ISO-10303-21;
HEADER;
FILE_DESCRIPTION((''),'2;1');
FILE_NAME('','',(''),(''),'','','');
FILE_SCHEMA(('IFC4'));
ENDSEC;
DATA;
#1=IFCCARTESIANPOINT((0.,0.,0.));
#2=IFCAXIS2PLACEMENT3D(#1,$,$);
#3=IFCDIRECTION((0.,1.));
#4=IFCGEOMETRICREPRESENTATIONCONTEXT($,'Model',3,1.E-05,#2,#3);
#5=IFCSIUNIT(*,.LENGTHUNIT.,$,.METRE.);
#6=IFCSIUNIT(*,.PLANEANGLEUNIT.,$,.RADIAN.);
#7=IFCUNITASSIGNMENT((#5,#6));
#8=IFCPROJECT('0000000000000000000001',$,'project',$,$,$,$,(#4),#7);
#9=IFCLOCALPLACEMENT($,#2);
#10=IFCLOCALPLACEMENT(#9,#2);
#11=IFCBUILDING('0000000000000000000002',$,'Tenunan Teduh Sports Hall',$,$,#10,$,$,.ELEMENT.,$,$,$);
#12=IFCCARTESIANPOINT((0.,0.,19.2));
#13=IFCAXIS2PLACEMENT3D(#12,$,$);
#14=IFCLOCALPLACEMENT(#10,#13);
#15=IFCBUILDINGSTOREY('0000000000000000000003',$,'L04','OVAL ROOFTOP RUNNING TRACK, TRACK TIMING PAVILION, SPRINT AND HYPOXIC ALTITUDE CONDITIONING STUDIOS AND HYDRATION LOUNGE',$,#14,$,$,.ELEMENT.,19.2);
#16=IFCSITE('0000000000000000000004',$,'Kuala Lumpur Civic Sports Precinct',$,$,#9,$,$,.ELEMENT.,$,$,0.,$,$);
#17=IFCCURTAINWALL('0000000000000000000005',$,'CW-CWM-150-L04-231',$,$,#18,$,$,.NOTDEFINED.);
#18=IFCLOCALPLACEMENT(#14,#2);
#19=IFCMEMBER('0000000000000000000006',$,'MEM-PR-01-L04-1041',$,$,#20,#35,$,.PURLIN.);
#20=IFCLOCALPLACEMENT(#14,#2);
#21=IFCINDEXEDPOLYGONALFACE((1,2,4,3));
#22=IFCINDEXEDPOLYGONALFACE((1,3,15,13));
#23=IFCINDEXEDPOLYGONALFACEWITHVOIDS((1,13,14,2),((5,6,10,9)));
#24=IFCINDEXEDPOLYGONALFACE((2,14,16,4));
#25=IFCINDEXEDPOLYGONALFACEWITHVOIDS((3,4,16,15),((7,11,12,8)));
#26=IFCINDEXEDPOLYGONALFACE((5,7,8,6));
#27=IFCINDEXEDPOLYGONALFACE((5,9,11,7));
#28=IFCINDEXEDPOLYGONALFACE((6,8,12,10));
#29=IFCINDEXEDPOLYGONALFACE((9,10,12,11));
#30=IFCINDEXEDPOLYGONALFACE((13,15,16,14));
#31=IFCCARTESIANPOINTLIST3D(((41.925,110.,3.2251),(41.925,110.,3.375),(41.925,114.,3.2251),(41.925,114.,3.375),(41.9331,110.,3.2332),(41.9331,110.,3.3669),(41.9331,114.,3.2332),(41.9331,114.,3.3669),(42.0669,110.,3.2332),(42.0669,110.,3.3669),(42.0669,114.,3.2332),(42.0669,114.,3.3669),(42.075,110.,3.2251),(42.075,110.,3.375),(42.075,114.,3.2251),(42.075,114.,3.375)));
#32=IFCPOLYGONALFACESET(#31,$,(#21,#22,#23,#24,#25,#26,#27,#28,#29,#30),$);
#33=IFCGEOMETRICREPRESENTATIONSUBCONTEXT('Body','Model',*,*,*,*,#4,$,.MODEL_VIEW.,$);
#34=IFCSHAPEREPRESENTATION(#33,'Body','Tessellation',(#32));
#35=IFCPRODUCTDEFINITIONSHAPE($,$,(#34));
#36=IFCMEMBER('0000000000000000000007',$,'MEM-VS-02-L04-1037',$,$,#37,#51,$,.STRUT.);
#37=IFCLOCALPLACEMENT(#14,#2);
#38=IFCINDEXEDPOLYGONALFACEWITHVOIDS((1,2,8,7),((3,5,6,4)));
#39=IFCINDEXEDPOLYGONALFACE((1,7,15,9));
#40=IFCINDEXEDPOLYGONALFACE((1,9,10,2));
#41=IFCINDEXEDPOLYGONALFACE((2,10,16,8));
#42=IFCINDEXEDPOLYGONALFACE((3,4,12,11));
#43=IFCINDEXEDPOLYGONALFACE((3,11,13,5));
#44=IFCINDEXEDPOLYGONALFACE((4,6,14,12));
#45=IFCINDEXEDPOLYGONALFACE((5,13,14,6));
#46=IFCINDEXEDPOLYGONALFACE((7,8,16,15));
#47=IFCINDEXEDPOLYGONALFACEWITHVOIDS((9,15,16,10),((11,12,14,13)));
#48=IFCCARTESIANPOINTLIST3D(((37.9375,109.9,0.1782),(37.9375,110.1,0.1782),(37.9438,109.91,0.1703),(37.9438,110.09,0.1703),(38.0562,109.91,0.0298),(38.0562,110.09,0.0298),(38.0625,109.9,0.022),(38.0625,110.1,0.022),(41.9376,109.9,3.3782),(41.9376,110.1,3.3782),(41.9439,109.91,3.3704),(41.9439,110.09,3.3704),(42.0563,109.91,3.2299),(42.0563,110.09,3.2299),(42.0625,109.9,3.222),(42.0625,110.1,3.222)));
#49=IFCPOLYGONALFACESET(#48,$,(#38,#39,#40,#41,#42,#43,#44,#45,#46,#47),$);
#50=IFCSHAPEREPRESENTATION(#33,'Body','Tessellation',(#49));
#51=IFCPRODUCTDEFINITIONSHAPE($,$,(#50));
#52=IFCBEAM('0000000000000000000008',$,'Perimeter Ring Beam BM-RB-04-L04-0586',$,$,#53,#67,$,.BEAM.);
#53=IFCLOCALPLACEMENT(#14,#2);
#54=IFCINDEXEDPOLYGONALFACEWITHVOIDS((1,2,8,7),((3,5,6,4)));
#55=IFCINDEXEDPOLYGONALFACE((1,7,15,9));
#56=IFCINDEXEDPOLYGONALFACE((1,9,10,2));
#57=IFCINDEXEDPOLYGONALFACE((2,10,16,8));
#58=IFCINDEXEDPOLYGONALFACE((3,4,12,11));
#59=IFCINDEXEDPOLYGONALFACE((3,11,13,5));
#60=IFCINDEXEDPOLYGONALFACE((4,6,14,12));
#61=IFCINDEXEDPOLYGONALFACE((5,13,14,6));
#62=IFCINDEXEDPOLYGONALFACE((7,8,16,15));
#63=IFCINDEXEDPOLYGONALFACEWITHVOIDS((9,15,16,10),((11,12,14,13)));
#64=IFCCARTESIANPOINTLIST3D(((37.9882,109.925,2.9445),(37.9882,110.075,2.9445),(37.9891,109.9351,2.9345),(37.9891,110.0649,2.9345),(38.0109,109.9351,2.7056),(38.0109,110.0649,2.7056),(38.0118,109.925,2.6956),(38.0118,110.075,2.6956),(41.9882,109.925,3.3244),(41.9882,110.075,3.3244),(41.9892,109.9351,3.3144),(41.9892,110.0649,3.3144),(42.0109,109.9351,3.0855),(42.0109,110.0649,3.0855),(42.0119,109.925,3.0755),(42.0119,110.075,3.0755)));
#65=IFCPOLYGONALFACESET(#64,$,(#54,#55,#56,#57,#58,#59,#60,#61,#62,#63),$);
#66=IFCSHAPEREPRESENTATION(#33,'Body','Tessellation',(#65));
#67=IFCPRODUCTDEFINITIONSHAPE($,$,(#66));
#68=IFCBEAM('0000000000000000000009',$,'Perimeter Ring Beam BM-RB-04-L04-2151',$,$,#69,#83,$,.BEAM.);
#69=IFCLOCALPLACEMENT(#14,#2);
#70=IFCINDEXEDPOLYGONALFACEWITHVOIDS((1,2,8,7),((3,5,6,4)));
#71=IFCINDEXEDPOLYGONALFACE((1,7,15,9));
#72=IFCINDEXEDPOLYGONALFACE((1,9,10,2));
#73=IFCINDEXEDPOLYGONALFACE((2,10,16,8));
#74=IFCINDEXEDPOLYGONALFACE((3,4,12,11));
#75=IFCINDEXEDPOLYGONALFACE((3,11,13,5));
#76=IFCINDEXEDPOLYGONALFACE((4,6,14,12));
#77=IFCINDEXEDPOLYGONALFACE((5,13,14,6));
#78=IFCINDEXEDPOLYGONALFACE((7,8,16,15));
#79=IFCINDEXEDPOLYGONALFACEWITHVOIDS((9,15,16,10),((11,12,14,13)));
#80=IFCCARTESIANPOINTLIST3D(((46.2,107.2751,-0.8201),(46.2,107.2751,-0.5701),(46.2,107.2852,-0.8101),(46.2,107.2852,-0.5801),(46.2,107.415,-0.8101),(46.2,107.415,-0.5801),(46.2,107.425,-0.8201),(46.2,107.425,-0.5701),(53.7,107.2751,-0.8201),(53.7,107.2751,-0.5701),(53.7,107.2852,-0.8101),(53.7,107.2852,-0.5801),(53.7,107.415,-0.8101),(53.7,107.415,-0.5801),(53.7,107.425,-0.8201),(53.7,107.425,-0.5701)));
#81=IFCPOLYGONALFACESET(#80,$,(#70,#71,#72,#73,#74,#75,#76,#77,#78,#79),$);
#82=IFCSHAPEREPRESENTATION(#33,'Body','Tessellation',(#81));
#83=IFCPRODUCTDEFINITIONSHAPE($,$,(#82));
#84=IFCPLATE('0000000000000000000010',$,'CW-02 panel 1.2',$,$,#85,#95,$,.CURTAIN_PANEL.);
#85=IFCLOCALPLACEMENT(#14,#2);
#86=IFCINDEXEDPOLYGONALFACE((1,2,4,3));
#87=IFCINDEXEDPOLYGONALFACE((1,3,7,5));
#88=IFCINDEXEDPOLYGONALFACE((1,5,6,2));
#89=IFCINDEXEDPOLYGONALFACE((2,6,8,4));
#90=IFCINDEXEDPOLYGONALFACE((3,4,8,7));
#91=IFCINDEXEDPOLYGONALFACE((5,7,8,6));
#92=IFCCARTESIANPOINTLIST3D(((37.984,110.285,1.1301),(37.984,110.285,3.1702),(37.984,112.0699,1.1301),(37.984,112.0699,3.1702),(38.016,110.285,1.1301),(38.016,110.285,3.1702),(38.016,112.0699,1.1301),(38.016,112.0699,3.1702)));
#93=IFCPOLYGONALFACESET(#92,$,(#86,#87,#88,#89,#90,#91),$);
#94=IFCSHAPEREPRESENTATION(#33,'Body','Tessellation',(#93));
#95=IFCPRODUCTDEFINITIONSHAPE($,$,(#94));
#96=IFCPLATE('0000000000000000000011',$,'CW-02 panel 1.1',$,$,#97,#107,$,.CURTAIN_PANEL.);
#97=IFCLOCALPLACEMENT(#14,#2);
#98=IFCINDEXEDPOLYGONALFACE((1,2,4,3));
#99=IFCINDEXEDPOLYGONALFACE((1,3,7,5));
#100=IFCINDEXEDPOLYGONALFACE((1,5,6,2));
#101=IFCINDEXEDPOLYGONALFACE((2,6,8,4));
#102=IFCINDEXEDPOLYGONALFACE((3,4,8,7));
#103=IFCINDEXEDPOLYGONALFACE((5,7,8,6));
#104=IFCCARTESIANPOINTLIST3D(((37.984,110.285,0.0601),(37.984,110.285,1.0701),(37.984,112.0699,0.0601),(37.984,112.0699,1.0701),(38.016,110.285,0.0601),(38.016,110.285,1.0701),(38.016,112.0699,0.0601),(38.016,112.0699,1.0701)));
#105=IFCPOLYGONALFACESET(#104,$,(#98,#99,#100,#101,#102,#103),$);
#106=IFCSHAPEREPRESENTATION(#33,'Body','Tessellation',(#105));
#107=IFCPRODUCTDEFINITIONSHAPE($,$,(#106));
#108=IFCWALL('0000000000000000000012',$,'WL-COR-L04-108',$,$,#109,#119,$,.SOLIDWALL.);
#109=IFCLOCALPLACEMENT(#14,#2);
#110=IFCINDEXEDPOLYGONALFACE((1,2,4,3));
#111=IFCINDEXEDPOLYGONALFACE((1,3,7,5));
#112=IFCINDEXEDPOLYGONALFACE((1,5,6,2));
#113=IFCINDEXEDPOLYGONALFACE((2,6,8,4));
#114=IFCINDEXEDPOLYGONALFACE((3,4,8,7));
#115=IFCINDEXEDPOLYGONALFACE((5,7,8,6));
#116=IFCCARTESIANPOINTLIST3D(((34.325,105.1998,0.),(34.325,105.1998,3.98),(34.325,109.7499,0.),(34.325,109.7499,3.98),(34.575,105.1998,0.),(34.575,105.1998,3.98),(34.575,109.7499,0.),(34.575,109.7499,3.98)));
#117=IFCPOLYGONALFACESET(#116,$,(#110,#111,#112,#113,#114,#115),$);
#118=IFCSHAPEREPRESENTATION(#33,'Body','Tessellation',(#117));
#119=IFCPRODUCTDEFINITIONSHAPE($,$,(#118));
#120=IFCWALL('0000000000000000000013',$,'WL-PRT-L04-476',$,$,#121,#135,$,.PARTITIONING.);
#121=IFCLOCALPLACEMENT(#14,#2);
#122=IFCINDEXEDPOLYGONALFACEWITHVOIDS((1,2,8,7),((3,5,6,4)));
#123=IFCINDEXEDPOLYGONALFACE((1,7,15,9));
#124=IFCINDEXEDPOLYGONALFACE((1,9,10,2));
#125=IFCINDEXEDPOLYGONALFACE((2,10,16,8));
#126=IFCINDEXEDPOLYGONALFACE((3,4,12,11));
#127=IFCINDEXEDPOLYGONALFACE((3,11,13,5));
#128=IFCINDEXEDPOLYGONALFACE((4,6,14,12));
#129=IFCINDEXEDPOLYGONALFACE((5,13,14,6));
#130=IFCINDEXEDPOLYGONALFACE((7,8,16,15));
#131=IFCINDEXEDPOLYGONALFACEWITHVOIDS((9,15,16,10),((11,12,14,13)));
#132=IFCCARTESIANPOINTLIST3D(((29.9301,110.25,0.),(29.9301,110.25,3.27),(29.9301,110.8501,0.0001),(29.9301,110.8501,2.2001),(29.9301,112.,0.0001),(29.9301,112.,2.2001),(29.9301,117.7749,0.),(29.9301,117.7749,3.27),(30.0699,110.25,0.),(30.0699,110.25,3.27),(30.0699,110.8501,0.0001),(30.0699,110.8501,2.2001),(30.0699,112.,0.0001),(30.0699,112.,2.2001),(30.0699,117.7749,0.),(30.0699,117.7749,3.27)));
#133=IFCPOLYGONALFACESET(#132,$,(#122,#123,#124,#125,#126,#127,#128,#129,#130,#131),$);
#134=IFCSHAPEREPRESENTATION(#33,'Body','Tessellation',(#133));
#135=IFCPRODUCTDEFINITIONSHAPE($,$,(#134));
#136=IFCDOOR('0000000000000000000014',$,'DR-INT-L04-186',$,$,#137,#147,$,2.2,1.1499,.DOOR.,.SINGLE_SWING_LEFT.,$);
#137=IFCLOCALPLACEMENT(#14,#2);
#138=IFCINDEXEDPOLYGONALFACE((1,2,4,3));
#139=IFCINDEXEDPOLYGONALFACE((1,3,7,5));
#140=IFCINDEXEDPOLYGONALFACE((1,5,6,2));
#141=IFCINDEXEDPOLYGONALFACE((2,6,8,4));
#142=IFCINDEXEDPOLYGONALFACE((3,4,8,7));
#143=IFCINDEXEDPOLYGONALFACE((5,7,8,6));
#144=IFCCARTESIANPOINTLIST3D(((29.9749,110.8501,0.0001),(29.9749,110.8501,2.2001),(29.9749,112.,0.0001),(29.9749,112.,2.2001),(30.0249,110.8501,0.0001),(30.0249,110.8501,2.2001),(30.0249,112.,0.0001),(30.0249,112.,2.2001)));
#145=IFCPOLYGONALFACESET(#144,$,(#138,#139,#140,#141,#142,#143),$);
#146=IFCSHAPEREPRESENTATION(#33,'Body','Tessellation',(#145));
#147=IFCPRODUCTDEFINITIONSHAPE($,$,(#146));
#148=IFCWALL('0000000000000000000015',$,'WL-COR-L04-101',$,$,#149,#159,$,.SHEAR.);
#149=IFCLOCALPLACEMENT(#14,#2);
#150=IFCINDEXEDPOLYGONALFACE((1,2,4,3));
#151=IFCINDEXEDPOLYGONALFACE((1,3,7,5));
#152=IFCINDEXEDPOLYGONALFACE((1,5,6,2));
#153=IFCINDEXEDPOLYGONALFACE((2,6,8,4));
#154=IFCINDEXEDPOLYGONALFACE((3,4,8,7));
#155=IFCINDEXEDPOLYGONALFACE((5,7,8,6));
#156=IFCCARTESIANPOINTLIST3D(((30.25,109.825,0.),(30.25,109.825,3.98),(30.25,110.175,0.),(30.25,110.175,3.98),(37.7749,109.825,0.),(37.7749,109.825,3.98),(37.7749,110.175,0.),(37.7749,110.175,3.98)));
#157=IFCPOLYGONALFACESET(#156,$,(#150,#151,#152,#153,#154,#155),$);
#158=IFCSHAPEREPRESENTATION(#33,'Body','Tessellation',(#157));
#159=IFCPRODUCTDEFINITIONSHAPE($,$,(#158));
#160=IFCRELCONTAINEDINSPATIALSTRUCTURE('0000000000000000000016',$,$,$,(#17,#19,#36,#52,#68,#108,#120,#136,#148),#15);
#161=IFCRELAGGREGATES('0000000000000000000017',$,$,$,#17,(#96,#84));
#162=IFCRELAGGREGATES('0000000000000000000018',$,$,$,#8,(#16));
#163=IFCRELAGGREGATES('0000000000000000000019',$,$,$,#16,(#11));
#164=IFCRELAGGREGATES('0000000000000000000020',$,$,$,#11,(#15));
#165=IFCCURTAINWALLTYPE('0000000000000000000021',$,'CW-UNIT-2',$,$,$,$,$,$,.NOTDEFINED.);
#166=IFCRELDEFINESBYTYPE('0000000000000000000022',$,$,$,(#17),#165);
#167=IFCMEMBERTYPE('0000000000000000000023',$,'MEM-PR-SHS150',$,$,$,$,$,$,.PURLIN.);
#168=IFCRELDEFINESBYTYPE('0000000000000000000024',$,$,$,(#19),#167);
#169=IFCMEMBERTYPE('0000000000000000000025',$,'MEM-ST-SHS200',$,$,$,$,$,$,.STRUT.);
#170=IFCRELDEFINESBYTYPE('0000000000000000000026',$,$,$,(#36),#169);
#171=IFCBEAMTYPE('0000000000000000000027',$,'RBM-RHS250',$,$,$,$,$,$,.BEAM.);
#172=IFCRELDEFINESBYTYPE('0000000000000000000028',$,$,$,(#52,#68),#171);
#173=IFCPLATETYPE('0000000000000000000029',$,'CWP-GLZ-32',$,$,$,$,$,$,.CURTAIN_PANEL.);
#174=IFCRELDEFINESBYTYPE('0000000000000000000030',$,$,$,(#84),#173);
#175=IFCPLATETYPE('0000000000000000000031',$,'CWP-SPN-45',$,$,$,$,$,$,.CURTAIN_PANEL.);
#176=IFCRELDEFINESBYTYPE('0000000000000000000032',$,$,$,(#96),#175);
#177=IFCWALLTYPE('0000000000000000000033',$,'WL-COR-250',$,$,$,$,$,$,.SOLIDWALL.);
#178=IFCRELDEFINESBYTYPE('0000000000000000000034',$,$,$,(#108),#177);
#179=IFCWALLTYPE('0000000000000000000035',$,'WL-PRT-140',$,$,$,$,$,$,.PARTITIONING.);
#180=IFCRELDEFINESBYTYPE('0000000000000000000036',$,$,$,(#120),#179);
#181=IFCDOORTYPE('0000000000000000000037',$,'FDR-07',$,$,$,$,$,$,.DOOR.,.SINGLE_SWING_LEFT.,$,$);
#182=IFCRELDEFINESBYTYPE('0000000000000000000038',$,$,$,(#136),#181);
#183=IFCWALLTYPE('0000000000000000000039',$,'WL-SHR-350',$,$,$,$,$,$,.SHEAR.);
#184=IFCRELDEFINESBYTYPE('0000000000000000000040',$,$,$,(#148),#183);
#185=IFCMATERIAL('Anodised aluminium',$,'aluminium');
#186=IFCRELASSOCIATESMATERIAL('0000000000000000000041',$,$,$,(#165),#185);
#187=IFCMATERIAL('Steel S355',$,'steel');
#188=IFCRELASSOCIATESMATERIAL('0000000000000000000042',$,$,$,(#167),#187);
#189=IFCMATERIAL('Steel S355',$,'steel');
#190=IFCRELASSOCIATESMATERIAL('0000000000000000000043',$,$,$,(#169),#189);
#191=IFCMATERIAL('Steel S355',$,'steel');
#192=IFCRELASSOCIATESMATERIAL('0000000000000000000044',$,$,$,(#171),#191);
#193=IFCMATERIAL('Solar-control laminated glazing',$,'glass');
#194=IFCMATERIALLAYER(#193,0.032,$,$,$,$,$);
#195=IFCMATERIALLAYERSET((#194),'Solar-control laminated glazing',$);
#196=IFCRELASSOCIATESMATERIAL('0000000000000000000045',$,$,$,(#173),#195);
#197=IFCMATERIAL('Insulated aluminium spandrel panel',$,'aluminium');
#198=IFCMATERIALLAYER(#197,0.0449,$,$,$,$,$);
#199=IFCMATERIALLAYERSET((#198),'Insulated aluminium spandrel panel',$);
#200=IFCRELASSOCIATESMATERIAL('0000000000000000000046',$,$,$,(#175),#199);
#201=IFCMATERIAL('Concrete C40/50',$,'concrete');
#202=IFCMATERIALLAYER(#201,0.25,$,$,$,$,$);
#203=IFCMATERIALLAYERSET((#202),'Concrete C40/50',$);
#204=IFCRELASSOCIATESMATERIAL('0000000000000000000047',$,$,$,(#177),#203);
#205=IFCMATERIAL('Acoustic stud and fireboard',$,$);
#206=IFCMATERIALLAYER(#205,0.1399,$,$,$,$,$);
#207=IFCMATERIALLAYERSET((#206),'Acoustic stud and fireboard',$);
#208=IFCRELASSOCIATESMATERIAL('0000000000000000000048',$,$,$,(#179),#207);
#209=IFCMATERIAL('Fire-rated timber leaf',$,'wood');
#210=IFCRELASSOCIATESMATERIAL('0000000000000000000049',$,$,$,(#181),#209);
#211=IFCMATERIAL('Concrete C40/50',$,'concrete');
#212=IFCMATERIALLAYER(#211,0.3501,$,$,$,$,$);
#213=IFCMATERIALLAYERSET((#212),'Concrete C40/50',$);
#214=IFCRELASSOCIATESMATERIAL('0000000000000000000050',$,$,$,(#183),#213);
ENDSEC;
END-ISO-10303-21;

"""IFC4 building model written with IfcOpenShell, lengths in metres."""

from ifc_helpers import new_model, si_unit, direction, frame, frame_2d, origin, origin_2d, place, context, subcontext, project, spatial, rectangle, hollow_rectangle, extrude, material, layer, layer_set, material_profile, profile_set, type_object, element, fill, aggregate, save


model = new_model("IFC4")

# Units and contexts
model_context = context("Model", 3, precision=1e-05, world=origin(), true_north=direction((0.0, 1.0)))
body_context = subcontext(model_context, "Body", "Model", "MODEL_VIEW")
ifc_project = project(units=[si_unit("LENGTHUNIT", "METRE"), si_unit("PLANEANGLEUNIT", "RADIAN")], contexts=[model_context])

# Site, building, storey
site_placement = place(None, origin())
site = spatial("IfcSite", under=ifc_project, at=site_placement, Name="Kuala Lumpur Civic Sports Precinct", CompositionType="ELEMENT", RefElevation=0.0)
building_placement = place(site_placement, origin())
building = spatial("IfcBuilding", under=site, at=building_placement, Name="Tenunan Teduh Sports Hall", CompositionType="ELEMENT")
storey_placement = place(building_placement, frame((0.0, 0.0, 19.2)))
storey = spatial("IfcBuildingStorey", under=building, at=storey_placement, Name="L04", Description="OVAL ROOFTOP RUNNING TRACK, TRACK TIMING PAVILION, SPRINT AND HYPOXIC ALTITUDE CONDITIONING STUDIOS AND HYDRATION LOUNGE", CompositionType="ELEMENT", Elevation=19.2)

# Curtain wall
ifc_material_1 = material(Name="Anodised aluminium", Category="aluminium")
curtain_wall_type = type_object("IfcCurtainWallType", Name="CW-UNIT-2", PredefinedType="NOTDEFINED", material=ifc_material_1)
curtain_wall_placement = place(storey_placement, origin())
curtain_wall = element("IfcCurtainWall", 1, at=curtain_wall_placement, inside=storey, type_object=curtain_wall_type, Name="CW-CWM-150-L04-231", PredefinedType="NOTDEFINED")

# Members
ifc_material_2 = material(Name="Steel S355", Category="steel")
ifc_material_profile_1 = material_profile(ifc_material_2, hollow_rectangle(XDim=0.1499, YDim=0.1499, WallThickness=0.0081, at=origin_2d()), Name="SHS 150x150x8.0")
ifc_profile_set_1 = profile_set([ifc_material_profile_1], Name="Steel S355")
member_type_1 = type_object("IfcMemberType", Name="MEM-PR-SHS150", PredefinedType="PURLIN", material=ifc_profile_set_1)
member_1_placement = place(storey_placement, frame((42.0, 110.0, 3.3), z_axis=(0.0, 1.0, 0.0), x_axis=(-1.0, 0.0, 0.0)))
element("IfcMember", 2, at=member_1_placement, inside=storey, type_object=member_type_1, Name="MEM-PR-01-L04-1041", PredefinedType="PURLIN", context=body_context, shape_type="SweptSolid", body=[
    extrude(hollow_rectangle(XDim=0.1499, YDim=0.1499, WallThickness=0.0081, at=origin_2d()), origin(), (0.0, 0.0, 1.0), 4.0),
])
ifc_material_3 = material(Name="Steel S355", Category="steel")
ifc_material_profile_2 = material_profile(ifc_material_3, hollow_rectangle(XDim=0.2, YDim=0.2, WallThickness=0.01, at=origin_2d()), Name="SHS 200x200x10.0")
ifc_profile_set_2 = profile_set([ifc_material_profile_2], Name="Steel S355")
member_type_2 = type_object("IfcMemberType", Name="MEM-ST-SHS200", PredefinedType="STRUT", material=ifc_profile_set_2)
member_2_placement = place(storey_placement, frame((38.0, 110.0, 0.1001), z_axis=(0.780873, 0.0, 0.624689), x_axis=(0.0, 1.0, 0.0)))
element("IfcMember", 3, at=member_2_placement, inside=storey, type_object=member_type_2, Name="MEM-VS-02-L04-1037", PredefinedType="STRUT", context=body_context, shape_type="SweptSolid", body=[
    extrude(hollow_rectangle(XDim=0.2, YDim=0.2, WallThickness=0.01, at=origin_2d()), origin(), (0.0, 0.0, 1.0), 5.1226),
])

# Beams
ifc_material_4 = material(Name="Steel S355", Category="steel")
ifc_material_profile_3 = material_profile(ifc_material_4, hollow_rectangle(XDim=0.1499, YDim=0.25, WallThickness=0.01, at=origin_2d()), Name="RHS 250x150x10.0")
ifc_profile_set_3 = profile_set([ifc_material_profile_3], Name="Steel S355")
beam_type_1 = type_object("IfcBeamType", Name="RBM-RHS250", PredefinedType="BEAM", material=ifc_profile_set_3)
beam_1_placement = place(storey_placement, frame((38.0, 110.0, 2.8201), z_axis=(0.995521, 0.0, 0.094545), x_axis=(0.0, 1.0, 0.0)))
element("IfcBeam", 4, at=beam_1_placement, inside=storey, type_object=beam_type_1, Name="Perimeter Ring Beam BM-RB-04-L04-0586", PredefinedType="BEAM", context=body_context, shape_type="SweptSolid", body=[
    extrude(hollow_rectangle(XDim=0.1499, YDim=0.25, WallThickness=0.01, at=origin_2d()), origin(), (0.0, 0.0, 1.0), 4.0181),
])
beam_2_placement = place(storey_placement, frame((46.2, 107.3501, -0.6951), z_axis=(1.0, 0.0, 0.0), x_axis=(0.0, 1.0, 0.0)))
element("IfcBeam", 5, at=beam_2_placement, inside=storey, type_object=beam_type_1, Name="Perimeter Ring Beam BM-RB-04-L04-2151", PredefinedType="BEAM", context=body_context, shape_type="SweptSolid", body=[
    extrude(hollow_rectangle(XDim=0.1499, YDim=0.25, WallThickness=0.01, at=origin_2d()), origin(), (0.0, 0.0, 1.0), 7.5),
])

# Plates
ifc_material_5 = material(Name="Solar-control laminated glazing", Category="glass")
ifc_layer_1 = layer(ifc_material_5, 0.032)
ifc_layer_set_1 = layer_set([ifc_layer_1], Name="Solar-control laminated glazing")
plate_type_1 = type_object("IfcPlateType", Name="CWP-GLZ-32", PredefinedType="CURTAIN_PANEL", material=ifc_layer_set_1)
plate_1_placement = place(storey_placement, frame((38.0, 111.1775, 1.1301), z_axis=(0.0, 0.0, 1.0), x_axis=(0.0, 1.0, 0.0)))
plate_1 = element("IfcPlate", 6, at=plate_1_placement, type_object=plate_type_1, Name="CW-02 panel 1.2", PredefinedType="CURTAIN_PANEL", context=body_context, shape_type="SweptSolid", body=[
    extrude(rectangle(XDim=1.7849, YDim=0.032, at=origin_2d()), origin(), (0.0, 0.0, 1.0), 2.04),
])
ifc_material_6 = material(Name="Insulated aluminium spandrel panel", Category="aluminium")
ifc_layer_2 = layer(ifc_material_6, 0.0449)
ifc_layer_set_2 = layer_set([ifc_layer_2], Name="Insulated aluminium spandrel panel")
plate_type_2 = type_object("IfcPlateType", Name="CWP-SPN-45", PredefinedType="CURTAIN_PANEL", material=ifc_layer_set_2)
plate_2_placement = place(storey_placement, frame((38.0, 111.1775, 0.0601), z_axis=(0.0, 0.0, 1.0), x_axis=(0.0, 1.0, 0.0)))
plate_2 = element("IfcPlate", 7, at=plate_2_placement, type_object=plate_type_2, Name="CW-02 panel 1.1", PredefinedType="CURTAIN_PANEL", context=body_context, shape_type="SweptSolid", body=[
    extrude(rectangle(XDim=1.7849, YDim=0.032, at=origin_2d()), origin(), (0.0, 0.0, 1.0), 1.01),
])
aggregate(curtain_wall, [plate_2, plate_1])

# Wall
ifc_material_7 = material(Name="Concrete C40/50", Category="concrete")
ifc_layer_3 = layer(ifc_material_7, 0.25)
ifc_layer_set_3 = layer_set([ifc_layer_3], Name="Concrete C40/50")
wall_type_1 = type_object("IfcWallType", Name="WL-COR-250", PredefinedType="SOLIDWALL", material=ifc_layer_set_3)
wall_1_placement = place(storey_placement, frame((34.45, 105.2, 0.0), z_axis=(0.0, 0.0, 1.0), x_axis=(0.0, 1.0, 0.0)))
element("IfcWall", 8, at=wall_1_placement, inside=storey, type_object=wall_type_1, Name="WL-COR-L04-108", PredefinedType="SOLIDWALL", context=body_context, shape_type="SweptSolid", body=[
    extrude(rectangle(XDim=4.55, YDim=0.25, at=frame_2d((2.2749, 0.0))), origin(), (0.0, 0.0, 1.0), 3.98),
])

# Wall, opening, door
ifc_material_8 = material(Name="Acoustic stud and fireboard")
ifc_layer_4 = layer(ifc_material_8, 0.1399)
ifc_layer_set_4 = layer_set([ifc_layer_4], Name="Acoustic stud and fireboard")
wall_type_2 = type_object("IfcWallType", Name="WL-PRT-140", PredefinedType="PARTITIONING", material=ifc_layer_set_4)
wall_2_placement = place(storey_placement, frame((30.0, 110.25, 0.0), z_axis=(0.0, 0.0, 1.0), x_axis=(0.0, 1.0, 0.0)))
wall_2 = element("IfcWall", 9, at=wall_2_placement, inside=storey, type_object=wall_type_2, Name="WL-PRT-L04-476", PredefinedType="PARTITIONING", context=body_context, shape_type="SweptSolid", body=[
    extrude(rectangle(XDim=7.5249, YDim=0.1399, at=frame_2d((3.7625, 0.0))), origin(), (0.0, 0.0, 1.0), 3.27),
])
opening_placement = place(wall_2_placement, frame((0.6001, 0.0, 0.0)))
opening = element("IfcOpeningElement", 10, at=opening_placement, cuts=wall_2, PredefinedType="OPENING", context=body_context, shape_type="SweptSolid", body=[
    extrude(rectangle(XDim=1.1499, YDim=2.2, at=frame_2d((0.575, 1.1001))), frame((0.0, 0.0798, 0.0), z_axis=(0.0, -1.0, 0.0), x_axis=(1.0, 0.0, 0.0)), (0.0, 0.0, 1.0), 0.1599),
])
ifc_material_9 = material(Name="Fire-rated timber leaf", Category="wood")
door_type = type_object("IfcDoorType", Name="FDR-07", OperationType="SINGLE_SWING_LEFT", PredefinedType="DOOR", material=ifc_material_9)
door_placement = place(opening_placement, frame((1.1499, 0.0, 0.0), z_axis=(0.0, 0.0, 1.0), x_axis=(-1.0, 0.0, 0.0)))
door = element("IfcDoor", 11, at=door_placement, inside=storey, type_object=door_type, Name="DR-INT-L04-186", OperationType="SINGLE_SWING_LEFT", OverallHeight=2.2, OverallWidth=1.1499, PredefinedType="DOOR", context=body_context, shape_type="SweptSolid", body=[
    extrude(rectangle(XDim=1.1499, YDim=2.2, at=frame_2d((0.575, 1.1001))), frame((0.0, 0.0249, 0.0), z_axis=(0.0, -1.0, 0.0), x_axis=(1.0, 0.0, 0.0)), (0.0, 0.0, 1.0), 0.05),
])
fill(opening, door)

# Wall
ifc_material_10 = material(Name="Concrete C40/50", Category="concrete")
ifc_layer_5 = layer(ifc_material_10, 0.3501)
ifc_layer_set_5 = layer_set([ifc_layer_5], Name="Concrete C40/50")
wall_type_3 = type_object("IfcWallType", Name="WL-SHR-350", PredefinedType="SHEAR", material=ifc_layer_set_5)
wall_3_placement = place(storey_placement, frame((30.25, 110.0, 0.0), z_axis=(0.0, 0.0, 1.0), x_axis=(1.0, 0.0, 0.0)))
element("IfcWall", 12, at=wall_3_placement, inside=storey, type_object=wall_type_3, Name="WL-COR-L04-101", PredefinedType="SHEAR", context=body_context, shape_type="SweptSolid", body=[
    extrude(rectangle(XDim=7.5249, YDim=0.3501, at=frame_2d((3.7625, 0.0))), origin(), (0.0, 0.0, 1.0), 3.98),
])

save(model, "model.ifc")
